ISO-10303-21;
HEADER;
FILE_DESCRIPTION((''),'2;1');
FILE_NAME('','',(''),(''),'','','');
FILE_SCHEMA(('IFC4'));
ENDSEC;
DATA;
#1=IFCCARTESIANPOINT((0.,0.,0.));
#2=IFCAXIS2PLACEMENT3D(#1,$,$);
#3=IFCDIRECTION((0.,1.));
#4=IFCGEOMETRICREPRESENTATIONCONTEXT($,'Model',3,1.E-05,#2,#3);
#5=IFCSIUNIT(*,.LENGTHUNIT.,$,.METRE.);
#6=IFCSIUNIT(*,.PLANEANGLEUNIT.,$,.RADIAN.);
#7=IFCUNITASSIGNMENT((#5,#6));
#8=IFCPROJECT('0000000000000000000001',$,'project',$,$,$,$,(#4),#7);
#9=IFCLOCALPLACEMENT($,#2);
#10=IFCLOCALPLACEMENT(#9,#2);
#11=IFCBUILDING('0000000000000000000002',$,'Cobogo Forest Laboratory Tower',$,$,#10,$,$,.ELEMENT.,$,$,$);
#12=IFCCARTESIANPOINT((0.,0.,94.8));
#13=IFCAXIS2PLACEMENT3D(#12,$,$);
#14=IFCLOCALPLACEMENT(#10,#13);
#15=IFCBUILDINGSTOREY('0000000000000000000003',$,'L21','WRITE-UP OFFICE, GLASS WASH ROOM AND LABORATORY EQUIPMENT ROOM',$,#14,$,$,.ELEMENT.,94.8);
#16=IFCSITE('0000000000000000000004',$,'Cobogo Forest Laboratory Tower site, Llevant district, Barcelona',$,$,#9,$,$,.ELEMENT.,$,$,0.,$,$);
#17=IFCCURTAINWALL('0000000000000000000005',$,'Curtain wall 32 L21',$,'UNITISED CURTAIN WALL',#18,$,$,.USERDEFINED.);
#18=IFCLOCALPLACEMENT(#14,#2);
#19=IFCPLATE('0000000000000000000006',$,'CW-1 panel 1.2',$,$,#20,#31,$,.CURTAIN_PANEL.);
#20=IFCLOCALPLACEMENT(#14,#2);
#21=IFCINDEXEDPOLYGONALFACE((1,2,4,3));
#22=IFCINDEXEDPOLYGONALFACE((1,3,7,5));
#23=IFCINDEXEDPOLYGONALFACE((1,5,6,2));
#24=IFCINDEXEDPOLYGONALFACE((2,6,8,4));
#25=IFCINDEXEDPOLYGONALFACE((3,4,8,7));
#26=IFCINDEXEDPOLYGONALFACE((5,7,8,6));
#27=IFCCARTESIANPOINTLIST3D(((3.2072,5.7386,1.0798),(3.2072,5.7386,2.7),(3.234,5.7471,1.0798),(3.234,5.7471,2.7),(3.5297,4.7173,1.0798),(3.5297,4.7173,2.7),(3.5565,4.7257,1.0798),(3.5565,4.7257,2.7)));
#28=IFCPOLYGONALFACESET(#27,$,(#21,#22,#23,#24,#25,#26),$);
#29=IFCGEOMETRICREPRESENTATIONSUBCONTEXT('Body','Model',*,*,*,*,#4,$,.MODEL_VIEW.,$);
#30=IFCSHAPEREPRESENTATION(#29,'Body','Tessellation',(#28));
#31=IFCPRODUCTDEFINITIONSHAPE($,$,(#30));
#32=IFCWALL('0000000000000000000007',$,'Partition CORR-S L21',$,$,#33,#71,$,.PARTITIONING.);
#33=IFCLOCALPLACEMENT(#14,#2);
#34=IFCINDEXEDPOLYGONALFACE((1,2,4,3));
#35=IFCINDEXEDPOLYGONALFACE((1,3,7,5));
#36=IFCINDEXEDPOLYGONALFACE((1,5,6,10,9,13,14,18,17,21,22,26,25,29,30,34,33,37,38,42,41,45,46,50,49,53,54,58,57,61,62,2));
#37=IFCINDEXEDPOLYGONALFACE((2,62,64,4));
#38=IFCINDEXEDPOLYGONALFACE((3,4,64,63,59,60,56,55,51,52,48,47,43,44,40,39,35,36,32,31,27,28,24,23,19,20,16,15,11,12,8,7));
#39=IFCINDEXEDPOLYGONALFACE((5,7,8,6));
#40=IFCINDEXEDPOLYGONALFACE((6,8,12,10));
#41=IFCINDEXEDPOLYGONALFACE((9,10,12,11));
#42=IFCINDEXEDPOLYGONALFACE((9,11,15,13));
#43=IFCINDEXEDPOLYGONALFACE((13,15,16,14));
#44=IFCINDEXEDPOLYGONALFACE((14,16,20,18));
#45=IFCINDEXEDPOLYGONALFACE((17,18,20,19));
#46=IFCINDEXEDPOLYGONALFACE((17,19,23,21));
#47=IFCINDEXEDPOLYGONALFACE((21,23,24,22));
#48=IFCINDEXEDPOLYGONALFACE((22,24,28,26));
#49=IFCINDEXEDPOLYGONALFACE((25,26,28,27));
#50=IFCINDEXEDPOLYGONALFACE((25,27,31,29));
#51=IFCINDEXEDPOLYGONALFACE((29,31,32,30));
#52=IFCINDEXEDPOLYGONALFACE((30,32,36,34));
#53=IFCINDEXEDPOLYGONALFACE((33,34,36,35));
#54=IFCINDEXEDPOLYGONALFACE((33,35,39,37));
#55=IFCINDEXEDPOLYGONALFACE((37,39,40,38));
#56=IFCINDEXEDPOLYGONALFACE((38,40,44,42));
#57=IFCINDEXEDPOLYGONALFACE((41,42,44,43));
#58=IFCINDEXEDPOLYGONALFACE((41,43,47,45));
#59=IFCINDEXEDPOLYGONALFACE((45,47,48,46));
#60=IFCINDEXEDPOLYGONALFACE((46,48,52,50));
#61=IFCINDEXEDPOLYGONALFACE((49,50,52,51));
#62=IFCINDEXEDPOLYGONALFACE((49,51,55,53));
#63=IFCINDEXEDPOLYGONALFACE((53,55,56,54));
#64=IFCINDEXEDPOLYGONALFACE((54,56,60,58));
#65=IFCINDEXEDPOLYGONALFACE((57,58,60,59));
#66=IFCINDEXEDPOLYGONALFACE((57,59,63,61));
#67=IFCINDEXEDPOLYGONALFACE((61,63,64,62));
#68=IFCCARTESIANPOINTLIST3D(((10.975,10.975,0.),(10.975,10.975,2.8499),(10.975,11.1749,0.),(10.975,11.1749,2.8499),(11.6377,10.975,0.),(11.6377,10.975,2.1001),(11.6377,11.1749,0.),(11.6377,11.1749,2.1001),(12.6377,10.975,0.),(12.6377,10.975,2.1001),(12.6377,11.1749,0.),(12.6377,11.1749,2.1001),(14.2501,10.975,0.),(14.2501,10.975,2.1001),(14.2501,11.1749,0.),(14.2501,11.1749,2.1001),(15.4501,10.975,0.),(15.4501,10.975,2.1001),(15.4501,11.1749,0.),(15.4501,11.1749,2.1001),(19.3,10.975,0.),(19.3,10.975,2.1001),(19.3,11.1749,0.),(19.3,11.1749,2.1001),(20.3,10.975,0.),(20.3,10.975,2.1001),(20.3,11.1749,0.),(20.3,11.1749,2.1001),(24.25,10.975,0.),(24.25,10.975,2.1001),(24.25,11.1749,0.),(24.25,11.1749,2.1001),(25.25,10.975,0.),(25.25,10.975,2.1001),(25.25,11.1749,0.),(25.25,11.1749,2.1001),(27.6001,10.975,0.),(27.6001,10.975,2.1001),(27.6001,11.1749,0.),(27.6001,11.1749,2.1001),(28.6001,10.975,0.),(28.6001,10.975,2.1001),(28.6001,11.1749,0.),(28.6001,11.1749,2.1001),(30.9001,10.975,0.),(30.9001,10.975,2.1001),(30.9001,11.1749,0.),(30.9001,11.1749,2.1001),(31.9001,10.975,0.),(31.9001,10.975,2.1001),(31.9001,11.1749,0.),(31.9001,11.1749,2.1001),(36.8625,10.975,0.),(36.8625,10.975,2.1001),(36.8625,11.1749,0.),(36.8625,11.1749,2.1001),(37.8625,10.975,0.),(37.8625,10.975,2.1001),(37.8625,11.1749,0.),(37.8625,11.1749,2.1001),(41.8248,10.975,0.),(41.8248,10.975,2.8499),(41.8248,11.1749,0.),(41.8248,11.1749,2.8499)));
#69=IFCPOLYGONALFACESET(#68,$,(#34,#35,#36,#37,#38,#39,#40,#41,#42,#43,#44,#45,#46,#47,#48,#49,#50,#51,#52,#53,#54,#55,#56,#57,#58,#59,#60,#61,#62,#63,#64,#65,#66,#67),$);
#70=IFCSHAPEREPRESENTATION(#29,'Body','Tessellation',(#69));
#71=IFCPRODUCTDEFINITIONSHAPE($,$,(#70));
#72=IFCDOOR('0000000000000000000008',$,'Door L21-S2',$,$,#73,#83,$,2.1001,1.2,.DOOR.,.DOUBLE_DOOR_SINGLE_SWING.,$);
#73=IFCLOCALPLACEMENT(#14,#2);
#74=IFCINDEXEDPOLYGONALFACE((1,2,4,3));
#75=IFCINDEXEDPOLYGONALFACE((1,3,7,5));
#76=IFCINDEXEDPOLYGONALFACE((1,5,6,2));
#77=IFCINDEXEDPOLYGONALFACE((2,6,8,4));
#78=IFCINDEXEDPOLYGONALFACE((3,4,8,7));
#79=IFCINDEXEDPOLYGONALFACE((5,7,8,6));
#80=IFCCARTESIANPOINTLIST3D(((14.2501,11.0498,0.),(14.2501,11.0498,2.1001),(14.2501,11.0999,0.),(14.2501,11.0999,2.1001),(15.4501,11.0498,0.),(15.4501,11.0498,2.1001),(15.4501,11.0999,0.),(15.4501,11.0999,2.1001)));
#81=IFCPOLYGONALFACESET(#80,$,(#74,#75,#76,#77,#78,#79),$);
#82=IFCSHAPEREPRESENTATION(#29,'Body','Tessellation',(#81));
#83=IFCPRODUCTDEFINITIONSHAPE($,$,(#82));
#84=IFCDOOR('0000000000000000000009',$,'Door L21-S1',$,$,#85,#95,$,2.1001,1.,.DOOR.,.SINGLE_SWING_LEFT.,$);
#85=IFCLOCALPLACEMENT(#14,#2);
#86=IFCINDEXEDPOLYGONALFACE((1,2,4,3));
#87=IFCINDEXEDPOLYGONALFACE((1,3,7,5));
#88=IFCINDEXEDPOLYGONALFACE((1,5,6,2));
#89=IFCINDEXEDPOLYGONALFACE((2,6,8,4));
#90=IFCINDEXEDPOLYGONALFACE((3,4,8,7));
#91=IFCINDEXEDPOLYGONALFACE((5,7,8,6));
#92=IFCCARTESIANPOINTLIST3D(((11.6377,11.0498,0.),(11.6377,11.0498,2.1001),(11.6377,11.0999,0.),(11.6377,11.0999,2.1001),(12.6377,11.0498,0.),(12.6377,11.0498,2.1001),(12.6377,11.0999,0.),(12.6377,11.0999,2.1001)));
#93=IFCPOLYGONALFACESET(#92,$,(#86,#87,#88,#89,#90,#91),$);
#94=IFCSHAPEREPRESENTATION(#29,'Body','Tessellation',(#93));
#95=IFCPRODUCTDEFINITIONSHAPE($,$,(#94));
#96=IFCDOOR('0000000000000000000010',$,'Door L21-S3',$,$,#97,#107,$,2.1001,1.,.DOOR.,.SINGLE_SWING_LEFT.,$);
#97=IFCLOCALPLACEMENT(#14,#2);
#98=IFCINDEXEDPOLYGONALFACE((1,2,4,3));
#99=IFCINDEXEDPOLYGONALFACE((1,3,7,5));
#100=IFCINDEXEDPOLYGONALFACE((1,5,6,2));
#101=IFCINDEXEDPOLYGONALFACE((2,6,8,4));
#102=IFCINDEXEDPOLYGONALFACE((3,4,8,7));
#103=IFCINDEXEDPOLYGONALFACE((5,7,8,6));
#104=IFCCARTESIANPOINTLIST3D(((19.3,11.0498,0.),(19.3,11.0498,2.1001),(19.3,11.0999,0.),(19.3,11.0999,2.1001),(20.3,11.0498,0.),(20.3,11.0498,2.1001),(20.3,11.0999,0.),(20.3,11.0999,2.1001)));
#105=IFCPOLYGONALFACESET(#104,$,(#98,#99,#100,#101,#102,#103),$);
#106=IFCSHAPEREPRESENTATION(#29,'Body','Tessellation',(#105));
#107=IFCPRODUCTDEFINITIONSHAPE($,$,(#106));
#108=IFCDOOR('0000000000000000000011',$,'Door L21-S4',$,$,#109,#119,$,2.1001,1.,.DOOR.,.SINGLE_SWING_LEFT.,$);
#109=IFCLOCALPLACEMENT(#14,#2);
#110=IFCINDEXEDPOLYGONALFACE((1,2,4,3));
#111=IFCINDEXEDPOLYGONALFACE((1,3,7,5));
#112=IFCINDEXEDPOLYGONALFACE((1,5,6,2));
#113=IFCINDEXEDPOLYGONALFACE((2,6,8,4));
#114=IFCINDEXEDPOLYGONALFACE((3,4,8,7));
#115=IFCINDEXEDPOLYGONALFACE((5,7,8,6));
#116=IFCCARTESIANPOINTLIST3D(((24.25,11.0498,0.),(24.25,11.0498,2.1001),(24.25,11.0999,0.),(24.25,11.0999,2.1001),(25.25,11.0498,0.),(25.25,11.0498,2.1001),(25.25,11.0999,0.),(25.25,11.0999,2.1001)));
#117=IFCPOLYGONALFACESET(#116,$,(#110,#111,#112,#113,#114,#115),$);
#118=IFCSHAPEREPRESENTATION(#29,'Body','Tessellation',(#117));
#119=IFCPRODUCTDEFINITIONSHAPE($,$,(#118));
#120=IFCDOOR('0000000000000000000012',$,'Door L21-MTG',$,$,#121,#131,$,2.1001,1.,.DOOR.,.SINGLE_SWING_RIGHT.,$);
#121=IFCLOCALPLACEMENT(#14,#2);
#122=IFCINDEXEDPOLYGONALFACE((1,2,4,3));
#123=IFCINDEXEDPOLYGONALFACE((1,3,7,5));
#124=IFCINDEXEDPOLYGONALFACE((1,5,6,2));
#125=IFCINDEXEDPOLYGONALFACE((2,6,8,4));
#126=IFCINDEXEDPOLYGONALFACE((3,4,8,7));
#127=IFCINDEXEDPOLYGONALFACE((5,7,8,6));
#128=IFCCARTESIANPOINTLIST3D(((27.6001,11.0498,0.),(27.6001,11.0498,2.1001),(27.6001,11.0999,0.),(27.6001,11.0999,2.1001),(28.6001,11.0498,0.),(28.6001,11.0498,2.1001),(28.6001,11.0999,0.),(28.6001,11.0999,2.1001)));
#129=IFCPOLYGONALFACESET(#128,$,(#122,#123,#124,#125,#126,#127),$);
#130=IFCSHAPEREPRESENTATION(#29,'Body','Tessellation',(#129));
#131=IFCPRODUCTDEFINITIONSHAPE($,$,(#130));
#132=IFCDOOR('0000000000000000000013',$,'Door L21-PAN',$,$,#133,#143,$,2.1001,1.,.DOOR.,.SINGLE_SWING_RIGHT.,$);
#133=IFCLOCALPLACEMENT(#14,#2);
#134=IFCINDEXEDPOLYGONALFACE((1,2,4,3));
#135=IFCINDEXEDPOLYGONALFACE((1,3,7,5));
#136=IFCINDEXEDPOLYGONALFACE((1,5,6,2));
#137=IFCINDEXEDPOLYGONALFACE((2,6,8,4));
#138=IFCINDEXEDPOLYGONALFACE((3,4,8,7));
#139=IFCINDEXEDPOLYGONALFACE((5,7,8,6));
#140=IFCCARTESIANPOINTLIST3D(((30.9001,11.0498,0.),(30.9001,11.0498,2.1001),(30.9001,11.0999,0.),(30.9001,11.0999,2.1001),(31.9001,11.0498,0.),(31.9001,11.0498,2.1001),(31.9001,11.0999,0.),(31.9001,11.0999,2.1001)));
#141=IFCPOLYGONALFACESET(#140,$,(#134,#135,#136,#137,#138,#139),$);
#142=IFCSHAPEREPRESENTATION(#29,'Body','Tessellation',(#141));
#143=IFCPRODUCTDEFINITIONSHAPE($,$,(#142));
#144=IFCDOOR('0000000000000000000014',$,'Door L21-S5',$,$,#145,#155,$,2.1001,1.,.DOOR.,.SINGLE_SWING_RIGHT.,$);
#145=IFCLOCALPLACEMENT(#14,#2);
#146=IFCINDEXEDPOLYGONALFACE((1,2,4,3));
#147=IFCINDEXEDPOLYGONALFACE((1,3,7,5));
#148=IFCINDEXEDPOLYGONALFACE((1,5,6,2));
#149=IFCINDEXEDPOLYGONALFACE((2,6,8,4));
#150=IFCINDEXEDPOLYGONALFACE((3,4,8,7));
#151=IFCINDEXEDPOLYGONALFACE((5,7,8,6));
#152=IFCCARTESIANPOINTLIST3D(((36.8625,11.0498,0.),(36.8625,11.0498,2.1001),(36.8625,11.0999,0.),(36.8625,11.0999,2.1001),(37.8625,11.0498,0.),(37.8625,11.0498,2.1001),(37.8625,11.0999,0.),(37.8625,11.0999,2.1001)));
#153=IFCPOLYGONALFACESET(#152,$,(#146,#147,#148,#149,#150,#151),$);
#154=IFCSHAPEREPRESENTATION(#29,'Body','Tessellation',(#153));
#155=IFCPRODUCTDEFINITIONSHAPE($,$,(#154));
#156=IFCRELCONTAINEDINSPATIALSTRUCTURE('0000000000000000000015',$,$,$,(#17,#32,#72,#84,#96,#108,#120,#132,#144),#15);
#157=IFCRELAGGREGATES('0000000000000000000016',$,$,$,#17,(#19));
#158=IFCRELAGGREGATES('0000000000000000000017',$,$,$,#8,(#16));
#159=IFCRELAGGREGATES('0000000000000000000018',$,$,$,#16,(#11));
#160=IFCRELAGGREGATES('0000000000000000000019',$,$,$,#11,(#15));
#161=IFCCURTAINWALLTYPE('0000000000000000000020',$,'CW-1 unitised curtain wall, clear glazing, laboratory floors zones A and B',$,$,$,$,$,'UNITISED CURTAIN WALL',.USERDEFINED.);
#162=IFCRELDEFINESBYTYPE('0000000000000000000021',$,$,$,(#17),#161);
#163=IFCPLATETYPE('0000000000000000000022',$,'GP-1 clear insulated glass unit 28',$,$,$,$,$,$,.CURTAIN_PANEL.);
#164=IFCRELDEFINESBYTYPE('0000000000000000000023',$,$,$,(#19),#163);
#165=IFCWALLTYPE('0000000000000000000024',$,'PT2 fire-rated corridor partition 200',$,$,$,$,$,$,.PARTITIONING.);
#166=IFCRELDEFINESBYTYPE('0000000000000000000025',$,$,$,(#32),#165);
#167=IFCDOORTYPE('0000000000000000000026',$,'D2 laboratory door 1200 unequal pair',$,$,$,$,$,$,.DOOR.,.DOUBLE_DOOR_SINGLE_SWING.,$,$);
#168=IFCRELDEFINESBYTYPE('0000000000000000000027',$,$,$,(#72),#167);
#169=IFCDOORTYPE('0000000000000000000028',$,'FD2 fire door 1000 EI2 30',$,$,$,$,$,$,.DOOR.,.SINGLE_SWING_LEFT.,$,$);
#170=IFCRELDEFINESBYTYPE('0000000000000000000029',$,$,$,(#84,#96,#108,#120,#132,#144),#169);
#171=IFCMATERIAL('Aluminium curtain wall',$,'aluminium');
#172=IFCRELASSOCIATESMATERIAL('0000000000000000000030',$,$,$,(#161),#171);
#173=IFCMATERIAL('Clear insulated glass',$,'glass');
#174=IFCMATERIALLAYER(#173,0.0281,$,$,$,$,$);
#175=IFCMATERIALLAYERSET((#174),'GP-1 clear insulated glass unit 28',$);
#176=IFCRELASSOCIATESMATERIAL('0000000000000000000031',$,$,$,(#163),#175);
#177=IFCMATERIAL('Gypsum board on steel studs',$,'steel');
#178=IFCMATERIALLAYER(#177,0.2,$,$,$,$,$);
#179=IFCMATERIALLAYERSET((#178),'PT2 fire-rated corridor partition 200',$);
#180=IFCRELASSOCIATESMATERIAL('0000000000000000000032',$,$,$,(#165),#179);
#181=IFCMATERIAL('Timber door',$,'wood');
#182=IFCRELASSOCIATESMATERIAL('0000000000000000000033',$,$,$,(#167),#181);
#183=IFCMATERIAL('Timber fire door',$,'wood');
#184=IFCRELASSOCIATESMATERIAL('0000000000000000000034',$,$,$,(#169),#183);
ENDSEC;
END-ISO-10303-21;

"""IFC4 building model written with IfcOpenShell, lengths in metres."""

from ifc_helpers import new_model, si_unit, direction, frame, frame_2d, origin, origin_2d, place, context, subcontext, project, spatial, rectangle, extrude, material, layer, layer_set, type_object, element, fill, aggregate, save


model = new_model("IFC4")

# Units and contexts
model_context = context("Model", 3, precision=1e-05, world=origin(), true_north=direction((0.0, 1.0)))
body_context = subcontext(model_context, "Body", "Model", "MODEL_VIEW")
ifc_project = project(units=[si_unit("LENGTHUNIT", "METRE"), si_unit("PLANEANGLEUNIT", "RADIAN")], contexts=[model_context])

# Site, building, storey
site_placement = place(None, origin())
site = spatial("IfcSite", under=ifc_project, at=site_placement, Name="Cobogo Forest Laboratory Tower site, Llevant district, Barcelona", CompositionType="ELEMENT", RefElevation=0.0)
building_placement = place(site_placement, origin())
building = spatial("IfcBuilding", under=site, at=building_placement, Name="Cobogo Forest Laboratory Tower", CompositionType="ELEMENT")
storey_placement = place(building_placement, frame((0.0, 0.0, 94.8)))
storey = spatial("IfcBuildingStorey", under=building, at=storey_placement, Name="L21", Description="WRITE-UP OFFICE, GLASS WASH ROOM AND LABORATORY EQUIPMENT ROOM", CompositionType="ELEMENT", Elevation=94.8)

# Curtain wall
ifc_material_1 = material(Name="Aluminium curtain wall", Category="aluminium")
curtain_wall_type = type_object("IfcCurtainWallType", Name="CW-1 unitised curtain wall, clear glazing, laboratory floors zones A and B", ElementType="UNITISED CURTAIN WALL", PredefinedType="USERDEFINED", material=ifc_material_1)
curtain_wall_1_placement = place(storey_placement, origin())
curtain_wall_1 = element("IfcCurtainWall", 1, at=curtain_wall_1_placement, inside=storey, type_object=curtain_wall_type, Name="Curtain wall 32 L21", ObjectType="UNITISED CURTAIN WALL", PredefinedType="USERDEFINED")

# Plate
ifc_material_2 = material(Name="Clear insulated glass", Category="glass")
ifc_layer_1 = layer(ifc_material_2, 0.0281)
ifc_layer_set_1 = layer_set([ifc_layer_1], Name="GP-1 clear insulated glass unit 28")
plate_type = type_object("IfcPlateType", Name="GP-1 clear insulated glass unit 28", PredefinedType="CURTAIN_PANEL", material=ifc_layer_set_1)
plate_1_placement = place(storey_placement, frame((3.3818, 5.2322, 1.0798), z_axis=(0.0, 0.0, 1.0), x_axis=(0.301136, -0.953581, 0.0)))
plate_1 = element("IfcPlate", 2, at=plate_1_placement, type_object=plate_type, Name="CW-1 panel 1.2", PredefinedType="CURTAIN_PANEL", context=body_context, shape_type="SweptSolid", body=[
    extrude(rectangle(XDim=1.071, YDim=0.0281, at=origin_2d()), origin(), (0.0, 0.0, 1.0), 1.6201),
])
aggregate(curtain_wall_1, [plate_1])

# Wall, openings, doors
ifc_material_3 = material(Name="Gypsum board on steel studs", Category="steel")
ifc_layer_2 = layer(ifc_material_3, 0.2)
ifc_layer_set_2 = layer_set([ifc_layer_2], Name="PT2 fire-rated corridor partition 200")
wall_type = type_object("IfcWallType", Name="PT2 fire-rated corridor partition 200", PredefinedType="PARTITIONING", material=ifc_layer_set_2)
wall_placement = place(storey_placement, frame((10.9751, 11.075, 0.0), z_axis=(0.0, 0.0, 1.0), x_axis=(1.0, 0.0, 0.0)))
wall = element("IfcWall", 3, at=wall_placement, inside=storey, type_object=wall_type, Name="Partition CORR-S L21", PredefinedType="PARTITIONING", context=body_context, shape_type="SweptSolid", body=[
    extrude(rectangle(XDim=30.8499, YDim=0.2, at=frame_2d((15.4248, 0.0))), origin(), (0.0, 0.0, 1.0), 2.8499),
])
opening_1_placement = place(wall_placement, frame((0.6626, 0.0, 0.0)))
opening_1 = element("IfcOpeningElement", 4, at=opening_1_placement, cuts=wall, PredefinedType="OPENING", context=body_context, shape_type="SweptSolid", body=[
    extrude(rectangle(XDim=1.0, YDim=2.1001, at=frame_2d((0.5, 1.05))), frame((0.0, 0.1099, 0.0), z_axis=(0.0, -1.0, 0.0), x_axis=(1.0, 0.0, 0.0)), (0.0, 0.0, 1.0), 0.22),
])
opening_2_placement = place(wall_placement, frame((3.2749, 0.0, 0.0)))
opening_2 = element("IfcOpeningElement", 5, at=opening_2_placement, cuts=wall, PredefinedType="OPENING", context=body_context, shape_type="SweptSolid", body=[
    extrude(rectangle(XDim=1.2, YDim=2.1001, at=frame_2d((0.6001, 1.05))), frame((0.0, 0.1099, 0.0), z_axis=(0.0, -1.0, 0.0), x_axis=(1.0, 0.0, 0.0)), (0.0, 0.0, 1.0), 0.22),
])
opening_3_placement = place(wall_placement, frame((8.325, 0.0, 0.0)))
opening_3 = element("IfcOpeningElement", 6, at=opening_3_placement, cuts=wall, PredefinedType="OPENING", context=body_context, shape_type="SweptSolid", body=[
    extrude(rectangle(XDim=1.0, YDim=2.1001, at=frame_2d((0.5, 1.05))), frame((0.0, 0.1099, 0.0), z_axis=(0.0, -1.0, 0.0), x_axis=(1.0, 0.0, 0.0)), (0.0, 0.0, 1.0), 0.22),
])
opening_4_placement = place(wall_placement, frame((13.2749, 0.0, 0.0)))
opening_4 = element("IfcOpeningElement", 7, at=opening_4_placement, cuts=wall, PredefinedType="OPENING", context=body_context, shape_type="SweptSolid", body=[
    extrude(rectangle(XDim=1.0, YDim=2.1001, at=frame_2d((0.5, 1.05))), frame((0.0, 0.1099, 0.0), z_axis=(0.0, -1.0, 0.0), x_axis=(1.0, 0.0, 0.0)), (0.0, 0.0, 1.0), 0.22),
])
opening_5_placement = place(wall_placement, frame((16.625, 0.0, 0.0)))
opening_5 = element("IfcOpeningElement", 8, at=opening_5_placement, cuts=wall, PredefinedType="OPENING", context=body_context, shape_type="SweptSolid", body=[
    extrude(rectangle(XDim=1.0, YDim=2.1001, at=frame_2d((0.5, 1.05))), frame((0.0, 0.1099, 0.0), z_axis=(0.0, -1.0, 0.0), x_axis=(1.0, 0.0, 0.0)), (0.0, 0.0, 1.0), 0.22),
])
opening_6_placement = place(wall_placement, frame((19.925, 0.0, 0.0)))
opening_6 = element("IfcOpeningElement", 9, at=opening_6_placement, cuts=wall, PredefinedType="OPENING", context=body_context, shape_type="SweptSolid", body=[
    extrude(rectangle(XDim=1.0, YDim=2.1001, at=frame_2d((0.5, 1.05))), frame((0.0, 0.1099, 0.0), z_axis=(0.0, -1.0, 0.0), x_axis=(1.0, 0.0, 0.0)), (0.0, 0.0, 1.0), 0.22),
])
opening_7_placement = place(wall_placement, frame((25.8875, 0.0, 0.0)))
opening_7 = element("IfcOpeningElement", 10, at=opening_7_placement, cuts=wall, PredefinedType="OPENING", context=body_context, shape_type="SweptSolid", body=[
    extrude(rectangle(XDim=1.0, YDim=2.1001, at=frame_2d((0.5, 1.05))), frame((0.0, 0.1099, 0.0), z_axis=(0.0, -1.0, 0.0), x_axis=(1.0, 0.0, 0.0)), (0.0, 0.0, 1.0), 0.22),
])
ifc_material_4 = material(Name="Timber door", Category="wood")
door_type_1 = type_object("IfcDoorType", Name="D2 laboratory door 1200 unequal pair", OperationType="DOUBLE_DOOR_SINGLE_SWING", PredefinedType="DOOR", material=ifc_material_4)
door_1_placement = place(opening_2_placement, origin())
door_1 = element("IfcDoor", 11, at=door_1_placement, inside=storey, type_object=door_type_1, Name="Door L21-S2", OperationType="DOUBLE_DOOR_SINGLE_SWING", OverallHeight=2.1001, OverallWidth=1.2, PredefinedType="DOOR", context=body_context, shape_type="SweptSolid", body=[
    extrude(rectangle(XDim=1.2, YDim=2.1001, at=frame_2d((0.6001, 1.05))), frame((0.0, 0.0249, 0.0), z_axis=(0.0, -1.0, 0.0), x_axis=(1.0, 0.0, 0.0)), (0.0, 0.0, 1.0), 0.05),
])
fill(opening_2, door_1)
ifc_material_5 = material(Name="Timber fire door", Category="wood")
door_type_2 = type_object("IfcDoorType", Name="FD2 fire door 1000 EI2 30", OperationType="SINGLE_SWING_LEFT", PredefinedType="DOOR", material=ifc_material_5)
door_2_placement = place(opening_1_placement, origin())
door_2 = element("IfcDoor", 12, at=door_2_placement, inside=storey, type_object=door_type_2, Name="Door L21-S1", OperationType="SINGLE_SWING_LEFT", OverallHeight=2.1001, OverallWidth=1.0, PredefinedType="DOOR", context=body_context, shape_type="SweptSolid", body=[
    extrude(rectangle(XDim=1.0, YDim=2.1001, at=frame_2d((0.5, 1.05))), frame((0.0, 0.0249, 0.0), z_axis=(0.0, -1.0, 0.0), x_axis=(1.0, 0.0, 0.0)), (0.0, 0.0, 1.0), 0.05),
])
fill(opening_1, door_2)
door_3_placement = place(opening_3_placement, origin())
door_3 = element("IfcDoor", 13, at=door_3_placement, inside=storey, type_object=door_type_2, Name="Door L21-S3", OperationType="SINGLE_SWING_LEFT", OverallHeight=2.1001, OverallWidth=1.0, PredefinedType="DOOR", context=body_context, shape_type="SweptSolid", body=[
    extrude(rectangle(XDim=1.0, YDim=2.1001, at=frame_2d((0.5, 1.05))), frame((0.0, 0.0249, 0.0), z_axis=(0.0, -1.0, 0.0), x_axis=(1.0, 0.0, 0.0)), (0.0, 0.0, 1.0), 0.05),
])
fill(opening_3, door_3)
door_4_placement = place(opening_4_placement, origin())
door_4 = element("IfcDoor", 14, at=door_4_placement, inside=storey, type_object=door_type_2, Name="Door L21-S4", OperationType="SINGLE_SWING_LEFT", OverallHeight=2.1001, OverallWidth=1.0, PredefinedType="DOOR", context=body_context, shape_type="SweptSolid", body=[
    extrude(rectangle(XDim=1.0, YDim=2.1001, at=frame_2d((0.5, 1.05))), frame((0.0, 0.0249, 0.0), z_axis=(0.0, -1.0, 0.0), x_axis=(1.0, 0.0, 0.0)), (0.0, 0.0, 1.0), 0.05),
])
fill(opening_4, door_4)
door_5_placement = place(opening_5_placement, origin())
door_5 = element("IfcDoor", 15, at=door_5_placement, inside=storey, type_object=door_type_2, Name="Door L21-MTG", OperationType="SINGLE_SWING_RIGHT", OverallHeight=2.1001, OverallWidth=1.0, PredefinedType="DOOR", context=body_context, shape_type="SweptSolid", body=[
    extrude(rectangle(XDim=1.0, YDim=2.1001, at=frame_2d((0.5, 1.05))), frame((0.0, 0.0249, 0.0), z_axis=(0.0, -1.0, 0.0), x_axis=(1.0, 0.0, 0.0)), (0.0, 0.0, 1.0), 0.05),
])
fill(opening_5, door_5)
door_6_placement = place(opening_6_placement, origin())
door_6 = element("IfcDoor", 16, at=door_6_placement, inside=storey, type_object=door_type_2, Name="Door L21-PAN", OperationType="SINGLE_SWING_RIGHT", OverallHeight=2.1001, OverallWidth=1.0, PredefinedType="DOOR", context=body_context, shape_type="SweptSolid", body=[
    extrude(rectangle(XDim=1.0, YDim=2.1001, at=frame_2d((0.5, 1.05))), frame((0.0, 0.0249, 0.0), z_axis=(0.0, -1.0, 0.0), x_axis=(1.0, 0.0, 0.0)), (0.0, 0.0, 1.0), 0.05),
])
fill(opening_6, door_6)
door_7_placement = place(opening_7_placement, origin())
door_7 = element("IfcDoor", 17, at=door_7_placement, inside=storey, type_object=door_type_2, Name="Door L21-S5", OperationType="SINGLE_SWING_RIGHT", OverallHeight=2.1001, OverallWidth=1.0, PredefinedType="DOOR", context=body_context, shape_type="SweptSolid", body=[
    extrude(rectangle(XDim=1.0, YDim=2.1001, at=frame_2d((0.5, 1.05))), frame((0.0, 0.0249, 0.0), z_axis=(0.0, -1.0, 0.0), x_axis=(1.0, 0.0, 0.0)), (0.0, 0.0, 1.0), 0.05),
])
fill(opening_7, door_7)

save(model, "model.ifc")
